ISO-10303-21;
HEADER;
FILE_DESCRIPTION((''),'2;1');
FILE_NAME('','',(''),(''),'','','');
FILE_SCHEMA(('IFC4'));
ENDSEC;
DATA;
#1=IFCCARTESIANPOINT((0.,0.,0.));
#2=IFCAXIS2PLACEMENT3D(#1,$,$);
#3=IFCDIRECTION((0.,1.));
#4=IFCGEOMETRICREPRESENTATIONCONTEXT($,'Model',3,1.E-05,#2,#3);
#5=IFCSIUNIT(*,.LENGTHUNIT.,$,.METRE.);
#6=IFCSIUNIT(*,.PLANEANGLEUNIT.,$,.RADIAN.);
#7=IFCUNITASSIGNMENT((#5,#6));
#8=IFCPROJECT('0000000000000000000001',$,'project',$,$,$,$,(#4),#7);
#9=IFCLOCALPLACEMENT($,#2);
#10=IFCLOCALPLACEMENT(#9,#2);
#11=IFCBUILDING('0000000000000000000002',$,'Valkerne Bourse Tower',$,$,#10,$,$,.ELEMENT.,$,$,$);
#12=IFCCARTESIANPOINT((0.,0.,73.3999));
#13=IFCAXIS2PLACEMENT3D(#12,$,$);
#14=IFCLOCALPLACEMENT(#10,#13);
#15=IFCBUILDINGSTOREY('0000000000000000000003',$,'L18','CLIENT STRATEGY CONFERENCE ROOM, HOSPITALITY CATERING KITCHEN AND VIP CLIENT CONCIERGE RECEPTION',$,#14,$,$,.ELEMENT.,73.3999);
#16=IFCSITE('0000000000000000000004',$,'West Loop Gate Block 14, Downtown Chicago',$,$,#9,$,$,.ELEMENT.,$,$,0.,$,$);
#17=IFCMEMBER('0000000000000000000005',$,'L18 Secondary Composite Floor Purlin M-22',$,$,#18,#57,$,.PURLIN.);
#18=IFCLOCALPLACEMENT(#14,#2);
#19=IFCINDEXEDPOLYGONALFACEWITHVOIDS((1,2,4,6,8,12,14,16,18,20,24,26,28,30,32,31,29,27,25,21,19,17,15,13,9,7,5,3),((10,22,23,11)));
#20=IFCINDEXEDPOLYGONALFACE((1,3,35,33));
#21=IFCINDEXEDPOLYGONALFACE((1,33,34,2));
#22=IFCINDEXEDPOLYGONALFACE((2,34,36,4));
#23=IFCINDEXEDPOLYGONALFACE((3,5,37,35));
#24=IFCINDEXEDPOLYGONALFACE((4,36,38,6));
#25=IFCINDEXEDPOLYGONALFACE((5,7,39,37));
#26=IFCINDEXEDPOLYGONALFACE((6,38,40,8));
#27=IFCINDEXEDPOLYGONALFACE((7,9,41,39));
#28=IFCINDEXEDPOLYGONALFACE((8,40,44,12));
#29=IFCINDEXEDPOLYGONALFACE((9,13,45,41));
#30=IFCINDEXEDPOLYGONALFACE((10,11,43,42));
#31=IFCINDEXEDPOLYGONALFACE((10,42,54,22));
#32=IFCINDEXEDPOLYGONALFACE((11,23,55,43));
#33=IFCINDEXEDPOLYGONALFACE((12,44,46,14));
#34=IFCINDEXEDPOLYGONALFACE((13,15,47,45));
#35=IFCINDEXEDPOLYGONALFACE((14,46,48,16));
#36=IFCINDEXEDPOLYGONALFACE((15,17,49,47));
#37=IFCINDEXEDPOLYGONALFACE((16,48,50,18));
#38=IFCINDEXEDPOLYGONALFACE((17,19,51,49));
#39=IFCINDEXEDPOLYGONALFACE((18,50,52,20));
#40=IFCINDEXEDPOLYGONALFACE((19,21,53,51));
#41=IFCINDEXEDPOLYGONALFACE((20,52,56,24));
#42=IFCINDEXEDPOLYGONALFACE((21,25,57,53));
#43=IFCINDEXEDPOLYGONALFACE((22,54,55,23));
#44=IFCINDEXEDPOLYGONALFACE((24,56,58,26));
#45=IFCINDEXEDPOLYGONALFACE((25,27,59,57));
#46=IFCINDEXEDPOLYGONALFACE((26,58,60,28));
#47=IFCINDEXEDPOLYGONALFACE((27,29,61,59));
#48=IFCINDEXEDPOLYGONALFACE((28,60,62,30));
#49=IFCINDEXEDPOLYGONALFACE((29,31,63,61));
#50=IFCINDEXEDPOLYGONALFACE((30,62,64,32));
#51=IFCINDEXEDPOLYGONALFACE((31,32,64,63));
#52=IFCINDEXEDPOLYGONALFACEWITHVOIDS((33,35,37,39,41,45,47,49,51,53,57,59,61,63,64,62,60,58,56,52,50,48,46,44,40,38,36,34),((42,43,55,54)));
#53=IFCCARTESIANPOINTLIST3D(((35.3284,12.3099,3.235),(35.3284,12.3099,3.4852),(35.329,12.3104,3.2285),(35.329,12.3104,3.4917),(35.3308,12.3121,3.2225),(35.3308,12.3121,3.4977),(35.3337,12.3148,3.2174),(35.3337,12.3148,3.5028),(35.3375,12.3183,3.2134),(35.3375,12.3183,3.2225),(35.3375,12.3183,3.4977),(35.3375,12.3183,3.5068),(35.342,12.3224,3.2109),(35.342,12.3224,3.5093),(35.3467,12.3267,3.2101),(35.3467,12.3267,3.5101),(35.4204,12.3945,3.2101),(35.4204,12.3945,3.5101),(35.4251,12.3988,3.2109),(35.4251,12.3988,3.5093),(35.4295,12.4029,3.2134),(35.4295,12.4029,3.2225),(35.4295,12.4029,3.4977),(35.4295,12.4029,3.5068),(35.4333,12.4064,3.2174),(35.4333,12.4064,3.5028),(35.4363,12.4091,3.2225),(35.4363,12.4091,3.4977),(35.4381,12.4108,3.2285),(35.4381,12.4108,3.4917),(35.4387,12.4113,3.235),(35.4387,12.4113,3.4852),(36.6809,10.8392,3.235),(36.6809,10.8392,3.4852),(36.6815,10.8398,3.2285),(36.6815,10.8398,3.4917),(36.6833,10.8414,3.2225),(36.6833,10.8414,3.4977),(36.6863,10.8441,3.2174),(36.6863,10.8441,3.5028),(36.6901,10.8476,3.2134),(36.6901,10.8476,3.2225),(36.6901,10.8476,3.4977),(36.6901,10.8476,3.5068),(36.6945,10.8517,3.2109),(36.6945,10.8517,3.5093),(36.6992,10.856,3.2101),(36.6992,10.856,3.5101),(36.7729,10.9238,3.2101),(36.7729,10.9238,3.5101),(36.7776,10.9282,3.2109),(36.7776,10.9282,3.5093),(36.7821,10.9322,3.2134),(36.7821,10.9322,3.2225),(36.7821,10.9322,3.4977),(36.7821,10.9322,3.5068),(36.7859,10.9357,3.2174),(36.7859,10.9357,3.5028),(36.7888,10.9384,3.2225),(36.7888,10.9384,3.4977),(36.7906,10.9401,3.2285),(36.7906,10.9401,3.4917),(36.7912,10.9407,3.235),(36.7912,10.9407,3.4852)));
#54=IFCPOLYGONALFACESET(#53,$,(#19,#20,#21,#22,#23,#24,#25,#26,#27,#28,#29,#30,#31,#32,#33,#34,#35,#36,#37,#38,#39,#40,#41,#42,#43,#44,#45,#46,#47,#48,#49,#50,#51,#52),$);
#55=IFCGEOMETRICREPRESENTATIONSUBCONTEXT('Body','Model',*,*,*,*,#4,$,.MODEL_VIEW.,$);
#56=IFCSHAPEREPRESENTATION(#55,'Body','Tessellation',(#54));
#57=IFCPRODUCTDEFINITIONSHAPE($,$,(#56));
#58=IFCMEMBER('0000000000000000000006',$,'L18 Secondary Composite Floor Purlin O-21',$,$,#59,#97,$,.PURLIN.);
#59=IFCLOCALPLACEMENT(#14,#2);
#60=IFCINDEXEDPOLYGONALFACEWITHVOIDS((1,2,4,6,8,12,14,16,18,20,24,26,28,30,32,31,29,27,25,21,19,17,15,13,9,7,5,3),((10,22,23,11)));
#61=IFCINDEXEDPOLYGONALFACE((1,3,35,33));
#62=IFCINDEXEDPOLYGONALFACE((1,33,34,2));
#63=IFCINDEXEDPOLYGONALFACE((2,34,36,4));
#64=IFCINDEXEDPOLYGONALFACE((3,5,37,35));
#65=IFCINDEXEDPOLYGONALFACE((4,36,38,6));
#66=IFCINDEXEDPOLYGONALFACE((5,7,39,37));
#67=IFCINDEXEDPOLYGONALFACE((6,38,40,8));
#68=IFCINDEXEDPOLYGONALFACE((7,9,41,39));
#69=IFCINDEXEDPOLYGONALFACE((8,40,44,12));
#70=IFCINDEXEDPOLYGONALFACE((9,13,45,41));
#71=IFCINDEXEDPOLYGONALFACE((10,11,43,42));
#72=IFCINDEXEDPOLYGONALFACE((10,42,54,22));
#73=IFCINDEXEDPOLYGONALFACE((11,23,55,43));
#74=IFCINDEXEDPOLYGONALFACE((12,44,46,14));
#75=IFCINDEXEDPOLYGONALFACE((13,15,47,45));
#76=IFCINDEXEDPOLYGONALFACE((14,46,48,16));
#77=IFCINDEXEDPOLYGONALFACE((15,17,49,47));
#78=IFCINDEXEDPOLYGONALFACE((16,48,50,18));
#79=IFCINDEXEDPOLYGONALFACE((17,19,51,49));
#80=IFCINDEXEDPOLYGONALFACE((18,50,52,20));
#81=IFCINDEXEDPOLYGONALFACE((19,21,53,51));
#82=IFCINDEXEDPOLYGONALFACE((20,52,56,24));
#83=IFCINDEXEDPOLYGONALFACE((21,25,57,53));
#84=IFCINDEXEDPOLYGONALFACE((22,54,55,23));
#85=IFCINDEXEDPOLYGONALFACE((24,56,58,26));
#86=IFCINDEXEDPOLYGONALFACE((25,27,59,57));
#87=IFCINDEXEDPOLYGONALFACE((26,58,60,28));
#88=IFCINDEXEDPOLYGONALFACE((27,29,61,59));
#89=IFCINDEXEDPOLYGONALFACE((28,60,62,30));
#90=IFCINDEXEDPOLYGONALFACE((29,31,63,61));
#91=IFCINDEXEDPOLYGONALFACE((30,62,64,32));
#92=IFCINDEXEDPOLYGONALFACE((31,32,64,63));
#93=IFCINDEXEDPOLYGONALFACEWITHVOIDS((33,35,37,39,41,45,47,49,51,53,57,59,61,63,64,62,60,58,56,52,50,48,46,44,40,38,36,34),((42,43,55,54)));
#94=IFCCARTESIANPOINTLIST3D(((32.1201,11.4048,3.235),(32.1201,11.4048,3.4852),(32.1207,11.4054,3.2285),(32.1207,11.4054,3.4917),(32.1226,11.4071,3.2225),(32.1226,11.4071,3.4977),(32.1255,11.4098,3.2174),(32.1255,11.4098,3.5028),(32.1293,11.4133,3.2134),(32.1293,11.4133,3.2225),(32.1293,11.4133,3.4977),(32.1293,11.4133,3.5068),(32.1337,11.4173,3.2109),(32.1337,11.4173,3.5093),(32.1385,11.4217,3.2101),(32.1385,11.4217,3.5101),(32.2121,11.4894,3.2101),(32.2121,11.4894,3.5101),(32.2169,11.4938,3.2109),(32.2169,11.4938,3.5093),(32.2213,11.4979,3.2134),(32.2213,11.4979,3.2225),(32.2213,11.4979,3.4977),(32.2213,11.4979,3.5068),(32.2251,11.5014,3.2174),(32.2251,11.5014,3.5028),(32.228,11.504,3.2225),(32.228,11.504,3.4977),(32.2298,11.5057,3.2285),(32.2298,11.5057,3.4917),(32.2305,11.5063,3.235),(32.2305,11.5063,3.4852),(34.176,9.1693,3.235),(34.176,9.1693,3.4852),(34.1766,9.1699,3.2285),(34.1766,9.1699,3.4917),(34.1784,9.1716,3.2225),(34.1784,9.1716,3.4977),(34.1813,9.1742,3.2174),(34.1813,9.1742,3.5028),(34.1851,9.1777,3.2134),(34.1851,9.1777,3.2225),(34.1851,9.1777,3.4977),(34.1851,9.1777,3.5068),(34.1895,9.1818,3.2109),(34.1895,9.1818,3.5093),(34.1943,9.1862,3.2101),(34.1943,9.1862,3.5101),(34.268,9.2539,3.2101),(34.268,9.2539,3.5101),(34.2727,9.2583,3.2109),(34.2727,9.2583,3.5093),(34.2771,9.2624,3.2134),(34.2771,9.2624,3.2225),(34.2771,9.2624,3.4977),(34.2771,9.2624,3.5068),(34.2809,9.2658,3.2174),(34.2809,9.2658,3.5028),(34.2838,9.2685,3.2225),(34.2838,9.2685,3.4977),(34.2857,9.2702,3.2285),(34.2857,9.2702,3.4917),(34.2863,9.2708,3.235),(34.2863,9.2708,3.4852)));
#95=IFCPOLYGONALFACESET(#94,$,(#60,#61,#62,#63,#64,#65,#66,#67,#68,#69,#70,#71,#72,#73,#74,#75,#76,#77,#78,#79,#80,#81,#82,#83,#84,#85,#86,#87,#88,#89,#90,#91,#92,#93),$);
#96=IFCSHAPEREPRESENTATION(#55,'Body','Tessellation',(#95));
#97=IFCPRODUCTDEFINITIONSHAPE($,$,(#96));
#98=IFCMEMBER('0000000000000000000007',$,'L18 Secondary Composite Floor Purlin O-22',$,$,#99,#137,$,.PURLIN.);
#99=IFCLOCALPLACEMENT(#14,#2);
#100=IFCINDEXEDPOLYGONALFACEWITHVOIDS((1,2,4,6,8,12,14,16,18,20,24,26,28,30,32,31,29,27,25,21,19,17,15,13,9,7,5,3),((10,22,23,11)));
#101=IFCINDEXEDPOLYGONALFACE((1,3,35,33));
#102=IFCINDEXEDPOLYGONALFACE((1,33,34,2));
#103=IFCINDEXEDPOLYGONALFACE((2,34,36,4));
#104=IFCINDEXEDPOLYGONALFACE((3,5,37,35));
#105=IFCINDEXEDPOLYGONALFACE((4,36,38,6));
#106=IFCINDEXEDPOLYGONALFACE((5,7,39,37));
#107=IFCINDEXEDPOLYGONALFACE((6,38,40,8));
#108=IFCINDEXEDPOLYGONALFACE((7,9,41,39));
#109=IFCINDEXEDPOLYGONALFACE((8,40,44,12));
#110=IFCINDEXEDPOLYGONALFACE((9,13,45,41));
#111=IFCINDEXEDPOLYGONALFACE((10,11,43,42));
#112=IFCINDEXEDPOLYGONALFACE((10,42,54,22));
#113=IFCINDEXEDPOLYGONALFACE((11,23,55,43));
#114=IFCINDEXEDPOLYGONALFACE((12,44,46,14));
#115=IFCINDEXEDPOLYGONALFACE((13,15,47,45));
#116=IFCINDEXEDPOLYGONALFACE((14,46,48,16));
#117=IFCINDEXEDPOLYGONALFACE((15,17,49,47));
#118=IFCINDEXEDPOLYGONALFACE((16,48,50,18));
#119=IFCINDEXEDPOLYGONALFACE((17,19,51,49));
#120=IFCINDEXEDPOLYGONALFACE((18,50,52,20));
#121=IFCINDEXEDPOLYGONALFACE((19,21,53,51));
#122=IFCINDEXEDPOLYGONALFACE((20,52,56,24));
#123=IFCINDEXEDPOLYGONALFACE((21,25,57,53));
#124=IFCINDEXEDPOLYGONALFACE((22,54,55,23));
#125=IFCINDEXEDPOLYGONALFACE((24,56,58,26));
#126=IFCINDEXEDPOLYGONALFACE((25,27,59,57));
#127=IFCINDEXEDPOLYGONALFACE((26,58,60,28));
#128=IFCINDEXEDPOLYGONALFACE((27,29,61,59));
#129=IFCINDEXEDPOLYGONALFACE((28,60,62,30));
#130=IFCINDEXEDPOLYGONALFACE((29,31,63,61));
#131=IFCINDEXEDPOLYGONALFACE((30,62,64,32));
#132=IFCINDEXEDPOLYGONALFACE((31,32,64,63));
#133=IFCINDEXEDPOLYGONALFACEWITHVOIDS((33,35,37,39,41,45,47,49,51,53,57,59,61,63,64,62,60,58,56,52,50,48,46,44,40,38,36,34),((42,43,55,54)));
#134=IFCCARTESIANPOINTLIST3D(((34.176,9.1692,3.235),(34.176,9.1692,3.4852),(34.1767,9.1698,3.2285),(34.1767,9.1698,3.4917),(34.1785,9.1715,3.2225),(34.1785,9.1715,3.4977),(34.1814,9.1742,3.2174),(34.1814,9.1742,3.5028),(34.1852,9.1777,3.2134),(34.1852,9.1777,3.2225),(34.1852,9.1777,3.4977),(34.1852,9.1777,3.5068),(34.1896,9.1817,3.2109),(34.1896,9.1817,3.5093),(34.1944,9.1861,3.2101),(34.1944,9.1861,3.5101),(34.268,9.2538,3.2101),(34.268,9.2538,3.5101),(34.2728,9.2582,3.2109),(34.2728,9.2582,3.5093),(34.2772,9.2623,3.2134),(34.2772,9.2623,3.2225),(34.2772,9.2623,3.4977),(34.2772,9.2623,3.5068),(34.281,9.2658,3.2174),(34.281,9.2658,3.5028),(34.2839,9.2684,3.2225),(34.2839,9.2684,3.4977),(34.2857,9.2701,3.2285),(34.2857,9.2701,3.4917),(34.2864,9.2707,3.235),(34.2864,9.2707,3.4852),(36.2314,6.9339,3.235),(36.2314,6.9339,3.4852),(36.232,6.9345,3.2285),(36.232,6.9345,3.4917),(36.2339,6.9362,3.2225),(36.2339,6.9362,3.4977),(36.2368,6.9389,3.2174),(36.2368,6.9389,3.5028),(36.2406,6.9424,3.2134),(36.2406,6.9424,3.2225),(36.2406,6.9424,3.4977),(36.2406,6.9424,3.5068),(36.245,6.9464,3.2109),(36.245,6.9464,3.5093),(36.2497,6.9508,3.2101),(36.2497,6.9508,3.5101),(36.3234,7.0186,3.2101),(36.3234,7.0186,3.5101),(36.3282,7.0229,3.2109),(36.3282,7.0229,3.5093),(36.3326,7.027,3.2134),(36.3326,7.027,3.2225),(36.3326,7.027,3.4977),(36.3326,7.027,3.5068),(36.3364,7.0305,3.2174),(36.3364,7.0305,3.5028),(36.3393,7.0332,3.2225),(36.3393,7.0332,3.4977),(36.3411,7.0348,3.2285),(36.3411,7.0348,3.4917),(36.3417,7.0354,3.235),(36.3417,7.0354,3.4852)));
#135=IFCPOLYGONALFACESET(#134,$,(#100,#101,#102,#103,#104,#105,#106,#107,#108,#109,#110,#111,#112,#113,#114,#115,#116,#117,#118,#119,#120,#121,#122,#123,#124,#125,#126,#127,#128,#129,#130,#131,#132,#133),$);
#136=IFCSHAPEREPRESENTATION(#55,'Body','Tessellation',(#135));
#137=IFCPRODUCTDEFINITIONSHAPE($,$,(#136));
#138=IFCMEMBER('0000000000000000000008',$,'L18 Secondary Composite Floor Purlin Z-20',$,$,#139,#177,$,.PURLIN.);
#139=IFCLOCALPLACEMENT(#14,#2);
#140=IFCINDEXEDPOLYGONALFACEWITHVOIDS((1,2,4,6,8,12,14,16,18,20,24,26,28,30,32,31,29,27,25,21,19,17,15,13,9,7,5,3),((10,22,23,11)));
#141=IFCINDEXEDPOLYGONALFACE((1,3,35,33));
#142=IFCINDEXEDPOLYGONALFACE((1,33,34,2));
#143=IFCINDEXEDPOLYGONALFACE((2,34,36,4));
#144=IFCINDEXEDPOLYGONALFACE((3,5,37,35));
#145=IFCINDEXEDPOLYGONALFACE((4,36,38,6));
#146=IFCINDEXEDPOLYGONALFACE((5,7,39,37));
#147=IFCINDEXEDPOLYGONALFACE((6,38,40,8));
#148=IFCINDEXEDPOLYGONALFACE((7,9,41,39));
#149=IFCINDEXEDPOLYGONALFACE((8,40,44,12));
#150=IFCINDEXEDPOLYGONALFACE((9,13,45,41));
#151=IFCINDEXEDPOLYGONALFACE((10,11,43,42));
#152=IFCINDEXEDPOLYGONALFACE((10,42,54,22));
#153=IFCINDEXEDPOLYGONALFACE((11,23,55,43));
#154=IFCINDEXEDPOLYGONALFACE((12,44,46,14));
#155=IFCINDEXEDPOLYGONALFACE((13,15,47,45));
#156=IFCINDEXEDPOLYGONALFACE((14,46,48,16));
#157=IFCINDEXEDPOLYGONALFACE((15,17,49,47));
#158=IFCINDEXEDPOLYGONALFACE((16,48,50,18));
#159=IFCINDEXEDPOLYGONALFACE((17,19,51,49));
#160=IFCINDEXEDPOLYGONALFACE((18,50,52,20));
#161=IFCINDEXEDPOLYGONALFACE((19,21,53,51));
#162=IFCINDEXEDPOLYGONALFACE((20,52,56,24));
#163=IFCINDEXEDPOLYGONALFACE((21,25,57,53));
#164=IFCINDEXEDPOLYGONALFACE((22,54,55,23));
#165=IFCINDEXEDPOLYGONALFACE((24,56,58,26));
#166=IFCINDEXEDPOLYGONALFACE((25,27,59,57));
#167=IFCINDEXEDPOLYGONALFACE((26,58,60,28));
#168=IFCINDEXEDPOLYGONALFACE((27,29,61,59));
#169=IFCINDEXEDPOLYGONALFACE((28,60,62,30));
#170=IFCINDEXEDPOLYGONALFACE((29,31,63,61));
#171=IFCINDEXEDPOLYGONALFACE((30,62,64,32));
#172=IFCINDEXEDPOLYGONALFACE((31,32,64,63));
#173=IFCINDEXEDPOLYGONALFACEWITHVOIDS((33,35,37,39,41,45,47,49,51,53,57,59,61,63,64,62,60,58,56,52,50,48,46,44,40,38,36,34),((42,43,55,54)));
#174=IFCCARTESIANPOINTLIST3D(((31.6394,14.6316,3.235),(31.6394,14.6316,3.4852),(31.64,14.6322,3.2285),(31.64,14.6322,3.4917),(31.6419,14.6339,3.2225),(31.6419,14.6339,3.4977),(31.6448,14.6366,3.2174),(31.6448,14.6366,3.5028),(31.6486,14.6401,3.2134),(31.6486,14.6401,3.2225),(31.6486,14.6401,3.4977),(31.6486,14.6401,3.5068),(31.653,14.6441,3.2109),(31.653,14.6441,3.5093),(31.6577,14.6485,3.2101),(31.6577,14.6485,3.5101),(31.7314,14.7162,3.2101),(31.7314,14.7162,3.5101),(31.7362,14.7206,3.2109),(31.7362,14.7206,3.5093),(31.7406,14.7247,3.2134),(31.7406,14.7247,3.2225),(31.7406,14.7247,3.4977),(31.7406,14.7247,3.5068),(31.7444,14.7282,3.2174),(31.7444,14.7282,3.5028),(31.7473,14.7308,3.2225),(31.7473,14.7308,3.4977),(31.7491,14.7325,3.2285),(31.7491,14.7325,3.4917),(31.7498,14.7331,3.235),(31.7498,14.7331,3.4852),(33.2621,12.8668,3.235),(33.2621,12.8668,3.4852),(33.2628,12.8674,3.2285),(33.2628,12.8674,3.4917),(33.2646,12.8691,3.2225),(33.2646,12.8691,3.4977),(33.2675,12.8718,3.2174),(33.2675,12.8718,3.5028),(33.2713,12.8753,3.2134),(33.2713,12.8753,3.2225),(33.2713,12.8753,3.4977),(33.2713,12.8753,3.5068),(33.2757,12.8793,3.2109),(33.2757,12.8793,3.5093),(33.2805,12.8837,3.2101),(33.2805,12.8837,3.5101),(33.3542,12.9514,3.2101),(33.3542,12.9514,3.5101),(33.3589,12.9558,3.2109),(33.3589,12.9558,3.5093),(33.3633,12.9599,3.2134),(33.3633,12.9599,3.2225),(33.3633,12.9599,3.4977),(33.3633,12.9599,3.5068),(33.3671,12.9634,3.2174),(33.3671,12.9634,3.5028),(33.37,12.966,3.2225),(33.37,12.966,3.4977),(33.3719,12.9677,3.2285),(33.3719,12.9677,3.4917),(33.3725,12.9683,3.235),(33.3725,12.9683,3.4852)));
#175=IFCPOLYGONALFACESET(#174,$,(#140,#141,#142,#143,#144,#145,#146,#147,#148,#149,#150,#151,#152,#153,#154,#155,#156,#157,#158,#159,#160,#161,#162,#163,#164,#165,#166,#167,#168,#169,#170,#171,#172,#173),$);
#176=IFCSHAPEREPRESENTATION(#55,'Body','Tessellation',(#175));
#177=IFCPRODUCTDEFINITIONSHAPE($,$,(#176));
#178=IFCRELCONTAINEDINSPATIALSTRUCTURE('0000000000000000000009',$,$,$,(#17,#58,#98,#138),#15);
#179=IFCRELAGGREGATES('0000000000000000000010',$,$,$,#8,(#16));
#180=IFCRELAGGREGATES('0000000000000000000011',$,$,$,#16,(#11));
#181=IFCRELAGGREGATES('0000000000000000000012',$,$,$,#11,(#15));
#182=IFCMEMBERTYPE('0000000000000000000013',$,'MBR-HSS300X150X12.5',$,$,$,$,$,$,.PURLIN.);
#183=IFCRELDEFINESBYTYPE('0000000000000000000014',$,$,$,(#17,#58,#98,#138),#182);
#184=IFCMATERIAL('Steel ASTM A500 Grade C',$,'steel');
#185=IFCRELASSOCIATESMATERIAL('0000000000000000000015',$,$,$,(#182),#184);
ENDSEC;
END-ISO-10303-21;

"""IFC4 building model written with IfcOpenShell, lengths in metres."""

from ifc_helpers import new_model, si_unit, direction, frame, origin, origin_2d, place, context, subcontext, project, spatial, hollow_rectangle, extrude, material, material_profile, profile_set, type_object, element, save


model = new_model("IFC4")

# Units and contexts
model_context = context("Model", 3, precision=1e-05, world=origin(), true_north=direction((0.0, 1.0)))
body_context = subcontext(model_context, "Body", "Model", "MODEL_VIEW")
ifc_project = project(units=[si_unit("LENGTHUNIT", "METRE"), si_unit("PLANEANGLEUNIT", "RADIAN")], contexts=[model_context])

# Site, building, storey
site_placement = place(None, origin())
site = spatial("IfcSite", under=ifc_project, at=site_placement, Name="West Loop Gate Block 14, Downtown Chicago", CompositionType="ELEMENT", RefElevation=0.0)
building_placement = place(site_placement, origin())
building = spatial("IfcBuilding", under=site, at=building_placement, Name="Valkerne Bourse Tower", CompositionType="ELEMENT")
storey_placement = place(building_placement, frame((0.0, 0.0, 73.3999)))
storey = spatial("IfcBuildingStorey", under=building, at=storey_placement, Name="L18", Description="CLIENT STRATEGY CONFERENCE ROOM, HOSPITALITY CATERING KITCHEN AND VIP CLIENT CONCIERGE RECEPTION", CompositionType="ELEMENT", Elevation=73.3999)

# Members
ifc_material_1 = material(Name="Steel ASTM A500 Grade C", Category="steel")
ifc_material_profile_1 = material_profile(ifc_material_1, hollow_rectangle(XDim=0.1499, YDim=0.3, WallThickness=0.0125, OuterFilletRadius=0.0249, at=origin_2d()), Name="HSS300X150X12.5")
ifc_profile_set_1 = profile_set([ifc_material_profile_1], Name="Steel ASTM A500 Grade C")
member_type_1 = type_object("IfcMemberType", Name="MBR-HSS300X150X12.5", PredefinedType="PURLIN", material=ifc_profile_set_1)
member_1_placement = place(storey_placement, frame((35.3835, 12.3606, 3.3601), z_axis=(0.676919, -0.736058, 0.0), x_axis=(0.736058, 0.676919, 0.0)))
element("IfcMember", 1, at=member_1_placement, inside=storey, type_object=member_type_1, Name="L18 Secondary Composite Floor Purlin M-22", PredefinedType="PURLIN", context=body_context, shape_type="SweptSolid", body=[
    extrude(hollow_rectangle(XDim=0.1499, YDim=0.3, WallThickness=0.0125, OuterFilletRadius=0.0249, at=origin_2d()), origin(), (0.0, 0.0, 1.0), 1.998),
])
member_2_placement = place(storey_placement, frame((32.1753, 11.4556, 3.3601), z_axis=(0.676907, -0.736069, 0.0), x_axis=(0.736069, 0.676907, 0.0)))
element("IfcMember", 2, at=member_2_placement, inside=storey, type_object=member_type_1, Name="L18 Secondary Composite Floor Purlin O-21", PredefinedType="PURLIN", context=body_context, shape_type="SweptSolid", body=[
    extrude(hollow_rectangle(XDim=0.1499, YDim=0.3, WallThickness=0.0125, OuterFilletRadius=0.0249, at=origin_2d()), origin(), (0.0, 0.0, 1.0), 3.0371),
])
member_3_placement = place(storey_placement, frame((34.2312, 9.22, 3.3601), z_axis=(0.67686, -0.736112, 0.0), x_axis=(0.736112, 0.67686, 0.0)))
element("IfcMember", 3, at=member_3_placement, inside=storey, type_object=member_type_1, Name="L18 Secondary Composite Floor Purlin O-22", PredefinedType="PURLIN", context=body_context, shape_type="SweptSolid", body=[
    extrude(hollow_rectangle(XDim=0.1499, YDim=0.3, WallThickness=0.0125, OuterFilletRadius=0.0249, at=origin_2d()), origin(), (0.0, 0.0, 1.0), 3.0366),
])
for number, where, z_axis, x_axis, name in (
    (4, (31.6946, 14.6824, 3.3601), (0.676854, -0.736118, 0.0), (0.736118, 0.676854, 0.0), "L18 Secondary Composite Floor Purlin Z-20"),
):
    element("IfcMember", number, at=place(storey_placement, frame(where, z_axis=z_axis, x_axis=x_axis)), inside=storey, type_object=member_type_1, Name=name, PredefinedType="PURLIN", context=body_context, shape_type="SweptSolid", body=[
        extrude(hollow_rectangle(XDim=0.1499, YDim=0.3, WallThickness=0.0125, OuterFilletRadius=0.0249, at=origin_2d()), origin(), (0.0, 0.0, 1.0), 2.3975),
    ])

save(model, "model.ifc")
